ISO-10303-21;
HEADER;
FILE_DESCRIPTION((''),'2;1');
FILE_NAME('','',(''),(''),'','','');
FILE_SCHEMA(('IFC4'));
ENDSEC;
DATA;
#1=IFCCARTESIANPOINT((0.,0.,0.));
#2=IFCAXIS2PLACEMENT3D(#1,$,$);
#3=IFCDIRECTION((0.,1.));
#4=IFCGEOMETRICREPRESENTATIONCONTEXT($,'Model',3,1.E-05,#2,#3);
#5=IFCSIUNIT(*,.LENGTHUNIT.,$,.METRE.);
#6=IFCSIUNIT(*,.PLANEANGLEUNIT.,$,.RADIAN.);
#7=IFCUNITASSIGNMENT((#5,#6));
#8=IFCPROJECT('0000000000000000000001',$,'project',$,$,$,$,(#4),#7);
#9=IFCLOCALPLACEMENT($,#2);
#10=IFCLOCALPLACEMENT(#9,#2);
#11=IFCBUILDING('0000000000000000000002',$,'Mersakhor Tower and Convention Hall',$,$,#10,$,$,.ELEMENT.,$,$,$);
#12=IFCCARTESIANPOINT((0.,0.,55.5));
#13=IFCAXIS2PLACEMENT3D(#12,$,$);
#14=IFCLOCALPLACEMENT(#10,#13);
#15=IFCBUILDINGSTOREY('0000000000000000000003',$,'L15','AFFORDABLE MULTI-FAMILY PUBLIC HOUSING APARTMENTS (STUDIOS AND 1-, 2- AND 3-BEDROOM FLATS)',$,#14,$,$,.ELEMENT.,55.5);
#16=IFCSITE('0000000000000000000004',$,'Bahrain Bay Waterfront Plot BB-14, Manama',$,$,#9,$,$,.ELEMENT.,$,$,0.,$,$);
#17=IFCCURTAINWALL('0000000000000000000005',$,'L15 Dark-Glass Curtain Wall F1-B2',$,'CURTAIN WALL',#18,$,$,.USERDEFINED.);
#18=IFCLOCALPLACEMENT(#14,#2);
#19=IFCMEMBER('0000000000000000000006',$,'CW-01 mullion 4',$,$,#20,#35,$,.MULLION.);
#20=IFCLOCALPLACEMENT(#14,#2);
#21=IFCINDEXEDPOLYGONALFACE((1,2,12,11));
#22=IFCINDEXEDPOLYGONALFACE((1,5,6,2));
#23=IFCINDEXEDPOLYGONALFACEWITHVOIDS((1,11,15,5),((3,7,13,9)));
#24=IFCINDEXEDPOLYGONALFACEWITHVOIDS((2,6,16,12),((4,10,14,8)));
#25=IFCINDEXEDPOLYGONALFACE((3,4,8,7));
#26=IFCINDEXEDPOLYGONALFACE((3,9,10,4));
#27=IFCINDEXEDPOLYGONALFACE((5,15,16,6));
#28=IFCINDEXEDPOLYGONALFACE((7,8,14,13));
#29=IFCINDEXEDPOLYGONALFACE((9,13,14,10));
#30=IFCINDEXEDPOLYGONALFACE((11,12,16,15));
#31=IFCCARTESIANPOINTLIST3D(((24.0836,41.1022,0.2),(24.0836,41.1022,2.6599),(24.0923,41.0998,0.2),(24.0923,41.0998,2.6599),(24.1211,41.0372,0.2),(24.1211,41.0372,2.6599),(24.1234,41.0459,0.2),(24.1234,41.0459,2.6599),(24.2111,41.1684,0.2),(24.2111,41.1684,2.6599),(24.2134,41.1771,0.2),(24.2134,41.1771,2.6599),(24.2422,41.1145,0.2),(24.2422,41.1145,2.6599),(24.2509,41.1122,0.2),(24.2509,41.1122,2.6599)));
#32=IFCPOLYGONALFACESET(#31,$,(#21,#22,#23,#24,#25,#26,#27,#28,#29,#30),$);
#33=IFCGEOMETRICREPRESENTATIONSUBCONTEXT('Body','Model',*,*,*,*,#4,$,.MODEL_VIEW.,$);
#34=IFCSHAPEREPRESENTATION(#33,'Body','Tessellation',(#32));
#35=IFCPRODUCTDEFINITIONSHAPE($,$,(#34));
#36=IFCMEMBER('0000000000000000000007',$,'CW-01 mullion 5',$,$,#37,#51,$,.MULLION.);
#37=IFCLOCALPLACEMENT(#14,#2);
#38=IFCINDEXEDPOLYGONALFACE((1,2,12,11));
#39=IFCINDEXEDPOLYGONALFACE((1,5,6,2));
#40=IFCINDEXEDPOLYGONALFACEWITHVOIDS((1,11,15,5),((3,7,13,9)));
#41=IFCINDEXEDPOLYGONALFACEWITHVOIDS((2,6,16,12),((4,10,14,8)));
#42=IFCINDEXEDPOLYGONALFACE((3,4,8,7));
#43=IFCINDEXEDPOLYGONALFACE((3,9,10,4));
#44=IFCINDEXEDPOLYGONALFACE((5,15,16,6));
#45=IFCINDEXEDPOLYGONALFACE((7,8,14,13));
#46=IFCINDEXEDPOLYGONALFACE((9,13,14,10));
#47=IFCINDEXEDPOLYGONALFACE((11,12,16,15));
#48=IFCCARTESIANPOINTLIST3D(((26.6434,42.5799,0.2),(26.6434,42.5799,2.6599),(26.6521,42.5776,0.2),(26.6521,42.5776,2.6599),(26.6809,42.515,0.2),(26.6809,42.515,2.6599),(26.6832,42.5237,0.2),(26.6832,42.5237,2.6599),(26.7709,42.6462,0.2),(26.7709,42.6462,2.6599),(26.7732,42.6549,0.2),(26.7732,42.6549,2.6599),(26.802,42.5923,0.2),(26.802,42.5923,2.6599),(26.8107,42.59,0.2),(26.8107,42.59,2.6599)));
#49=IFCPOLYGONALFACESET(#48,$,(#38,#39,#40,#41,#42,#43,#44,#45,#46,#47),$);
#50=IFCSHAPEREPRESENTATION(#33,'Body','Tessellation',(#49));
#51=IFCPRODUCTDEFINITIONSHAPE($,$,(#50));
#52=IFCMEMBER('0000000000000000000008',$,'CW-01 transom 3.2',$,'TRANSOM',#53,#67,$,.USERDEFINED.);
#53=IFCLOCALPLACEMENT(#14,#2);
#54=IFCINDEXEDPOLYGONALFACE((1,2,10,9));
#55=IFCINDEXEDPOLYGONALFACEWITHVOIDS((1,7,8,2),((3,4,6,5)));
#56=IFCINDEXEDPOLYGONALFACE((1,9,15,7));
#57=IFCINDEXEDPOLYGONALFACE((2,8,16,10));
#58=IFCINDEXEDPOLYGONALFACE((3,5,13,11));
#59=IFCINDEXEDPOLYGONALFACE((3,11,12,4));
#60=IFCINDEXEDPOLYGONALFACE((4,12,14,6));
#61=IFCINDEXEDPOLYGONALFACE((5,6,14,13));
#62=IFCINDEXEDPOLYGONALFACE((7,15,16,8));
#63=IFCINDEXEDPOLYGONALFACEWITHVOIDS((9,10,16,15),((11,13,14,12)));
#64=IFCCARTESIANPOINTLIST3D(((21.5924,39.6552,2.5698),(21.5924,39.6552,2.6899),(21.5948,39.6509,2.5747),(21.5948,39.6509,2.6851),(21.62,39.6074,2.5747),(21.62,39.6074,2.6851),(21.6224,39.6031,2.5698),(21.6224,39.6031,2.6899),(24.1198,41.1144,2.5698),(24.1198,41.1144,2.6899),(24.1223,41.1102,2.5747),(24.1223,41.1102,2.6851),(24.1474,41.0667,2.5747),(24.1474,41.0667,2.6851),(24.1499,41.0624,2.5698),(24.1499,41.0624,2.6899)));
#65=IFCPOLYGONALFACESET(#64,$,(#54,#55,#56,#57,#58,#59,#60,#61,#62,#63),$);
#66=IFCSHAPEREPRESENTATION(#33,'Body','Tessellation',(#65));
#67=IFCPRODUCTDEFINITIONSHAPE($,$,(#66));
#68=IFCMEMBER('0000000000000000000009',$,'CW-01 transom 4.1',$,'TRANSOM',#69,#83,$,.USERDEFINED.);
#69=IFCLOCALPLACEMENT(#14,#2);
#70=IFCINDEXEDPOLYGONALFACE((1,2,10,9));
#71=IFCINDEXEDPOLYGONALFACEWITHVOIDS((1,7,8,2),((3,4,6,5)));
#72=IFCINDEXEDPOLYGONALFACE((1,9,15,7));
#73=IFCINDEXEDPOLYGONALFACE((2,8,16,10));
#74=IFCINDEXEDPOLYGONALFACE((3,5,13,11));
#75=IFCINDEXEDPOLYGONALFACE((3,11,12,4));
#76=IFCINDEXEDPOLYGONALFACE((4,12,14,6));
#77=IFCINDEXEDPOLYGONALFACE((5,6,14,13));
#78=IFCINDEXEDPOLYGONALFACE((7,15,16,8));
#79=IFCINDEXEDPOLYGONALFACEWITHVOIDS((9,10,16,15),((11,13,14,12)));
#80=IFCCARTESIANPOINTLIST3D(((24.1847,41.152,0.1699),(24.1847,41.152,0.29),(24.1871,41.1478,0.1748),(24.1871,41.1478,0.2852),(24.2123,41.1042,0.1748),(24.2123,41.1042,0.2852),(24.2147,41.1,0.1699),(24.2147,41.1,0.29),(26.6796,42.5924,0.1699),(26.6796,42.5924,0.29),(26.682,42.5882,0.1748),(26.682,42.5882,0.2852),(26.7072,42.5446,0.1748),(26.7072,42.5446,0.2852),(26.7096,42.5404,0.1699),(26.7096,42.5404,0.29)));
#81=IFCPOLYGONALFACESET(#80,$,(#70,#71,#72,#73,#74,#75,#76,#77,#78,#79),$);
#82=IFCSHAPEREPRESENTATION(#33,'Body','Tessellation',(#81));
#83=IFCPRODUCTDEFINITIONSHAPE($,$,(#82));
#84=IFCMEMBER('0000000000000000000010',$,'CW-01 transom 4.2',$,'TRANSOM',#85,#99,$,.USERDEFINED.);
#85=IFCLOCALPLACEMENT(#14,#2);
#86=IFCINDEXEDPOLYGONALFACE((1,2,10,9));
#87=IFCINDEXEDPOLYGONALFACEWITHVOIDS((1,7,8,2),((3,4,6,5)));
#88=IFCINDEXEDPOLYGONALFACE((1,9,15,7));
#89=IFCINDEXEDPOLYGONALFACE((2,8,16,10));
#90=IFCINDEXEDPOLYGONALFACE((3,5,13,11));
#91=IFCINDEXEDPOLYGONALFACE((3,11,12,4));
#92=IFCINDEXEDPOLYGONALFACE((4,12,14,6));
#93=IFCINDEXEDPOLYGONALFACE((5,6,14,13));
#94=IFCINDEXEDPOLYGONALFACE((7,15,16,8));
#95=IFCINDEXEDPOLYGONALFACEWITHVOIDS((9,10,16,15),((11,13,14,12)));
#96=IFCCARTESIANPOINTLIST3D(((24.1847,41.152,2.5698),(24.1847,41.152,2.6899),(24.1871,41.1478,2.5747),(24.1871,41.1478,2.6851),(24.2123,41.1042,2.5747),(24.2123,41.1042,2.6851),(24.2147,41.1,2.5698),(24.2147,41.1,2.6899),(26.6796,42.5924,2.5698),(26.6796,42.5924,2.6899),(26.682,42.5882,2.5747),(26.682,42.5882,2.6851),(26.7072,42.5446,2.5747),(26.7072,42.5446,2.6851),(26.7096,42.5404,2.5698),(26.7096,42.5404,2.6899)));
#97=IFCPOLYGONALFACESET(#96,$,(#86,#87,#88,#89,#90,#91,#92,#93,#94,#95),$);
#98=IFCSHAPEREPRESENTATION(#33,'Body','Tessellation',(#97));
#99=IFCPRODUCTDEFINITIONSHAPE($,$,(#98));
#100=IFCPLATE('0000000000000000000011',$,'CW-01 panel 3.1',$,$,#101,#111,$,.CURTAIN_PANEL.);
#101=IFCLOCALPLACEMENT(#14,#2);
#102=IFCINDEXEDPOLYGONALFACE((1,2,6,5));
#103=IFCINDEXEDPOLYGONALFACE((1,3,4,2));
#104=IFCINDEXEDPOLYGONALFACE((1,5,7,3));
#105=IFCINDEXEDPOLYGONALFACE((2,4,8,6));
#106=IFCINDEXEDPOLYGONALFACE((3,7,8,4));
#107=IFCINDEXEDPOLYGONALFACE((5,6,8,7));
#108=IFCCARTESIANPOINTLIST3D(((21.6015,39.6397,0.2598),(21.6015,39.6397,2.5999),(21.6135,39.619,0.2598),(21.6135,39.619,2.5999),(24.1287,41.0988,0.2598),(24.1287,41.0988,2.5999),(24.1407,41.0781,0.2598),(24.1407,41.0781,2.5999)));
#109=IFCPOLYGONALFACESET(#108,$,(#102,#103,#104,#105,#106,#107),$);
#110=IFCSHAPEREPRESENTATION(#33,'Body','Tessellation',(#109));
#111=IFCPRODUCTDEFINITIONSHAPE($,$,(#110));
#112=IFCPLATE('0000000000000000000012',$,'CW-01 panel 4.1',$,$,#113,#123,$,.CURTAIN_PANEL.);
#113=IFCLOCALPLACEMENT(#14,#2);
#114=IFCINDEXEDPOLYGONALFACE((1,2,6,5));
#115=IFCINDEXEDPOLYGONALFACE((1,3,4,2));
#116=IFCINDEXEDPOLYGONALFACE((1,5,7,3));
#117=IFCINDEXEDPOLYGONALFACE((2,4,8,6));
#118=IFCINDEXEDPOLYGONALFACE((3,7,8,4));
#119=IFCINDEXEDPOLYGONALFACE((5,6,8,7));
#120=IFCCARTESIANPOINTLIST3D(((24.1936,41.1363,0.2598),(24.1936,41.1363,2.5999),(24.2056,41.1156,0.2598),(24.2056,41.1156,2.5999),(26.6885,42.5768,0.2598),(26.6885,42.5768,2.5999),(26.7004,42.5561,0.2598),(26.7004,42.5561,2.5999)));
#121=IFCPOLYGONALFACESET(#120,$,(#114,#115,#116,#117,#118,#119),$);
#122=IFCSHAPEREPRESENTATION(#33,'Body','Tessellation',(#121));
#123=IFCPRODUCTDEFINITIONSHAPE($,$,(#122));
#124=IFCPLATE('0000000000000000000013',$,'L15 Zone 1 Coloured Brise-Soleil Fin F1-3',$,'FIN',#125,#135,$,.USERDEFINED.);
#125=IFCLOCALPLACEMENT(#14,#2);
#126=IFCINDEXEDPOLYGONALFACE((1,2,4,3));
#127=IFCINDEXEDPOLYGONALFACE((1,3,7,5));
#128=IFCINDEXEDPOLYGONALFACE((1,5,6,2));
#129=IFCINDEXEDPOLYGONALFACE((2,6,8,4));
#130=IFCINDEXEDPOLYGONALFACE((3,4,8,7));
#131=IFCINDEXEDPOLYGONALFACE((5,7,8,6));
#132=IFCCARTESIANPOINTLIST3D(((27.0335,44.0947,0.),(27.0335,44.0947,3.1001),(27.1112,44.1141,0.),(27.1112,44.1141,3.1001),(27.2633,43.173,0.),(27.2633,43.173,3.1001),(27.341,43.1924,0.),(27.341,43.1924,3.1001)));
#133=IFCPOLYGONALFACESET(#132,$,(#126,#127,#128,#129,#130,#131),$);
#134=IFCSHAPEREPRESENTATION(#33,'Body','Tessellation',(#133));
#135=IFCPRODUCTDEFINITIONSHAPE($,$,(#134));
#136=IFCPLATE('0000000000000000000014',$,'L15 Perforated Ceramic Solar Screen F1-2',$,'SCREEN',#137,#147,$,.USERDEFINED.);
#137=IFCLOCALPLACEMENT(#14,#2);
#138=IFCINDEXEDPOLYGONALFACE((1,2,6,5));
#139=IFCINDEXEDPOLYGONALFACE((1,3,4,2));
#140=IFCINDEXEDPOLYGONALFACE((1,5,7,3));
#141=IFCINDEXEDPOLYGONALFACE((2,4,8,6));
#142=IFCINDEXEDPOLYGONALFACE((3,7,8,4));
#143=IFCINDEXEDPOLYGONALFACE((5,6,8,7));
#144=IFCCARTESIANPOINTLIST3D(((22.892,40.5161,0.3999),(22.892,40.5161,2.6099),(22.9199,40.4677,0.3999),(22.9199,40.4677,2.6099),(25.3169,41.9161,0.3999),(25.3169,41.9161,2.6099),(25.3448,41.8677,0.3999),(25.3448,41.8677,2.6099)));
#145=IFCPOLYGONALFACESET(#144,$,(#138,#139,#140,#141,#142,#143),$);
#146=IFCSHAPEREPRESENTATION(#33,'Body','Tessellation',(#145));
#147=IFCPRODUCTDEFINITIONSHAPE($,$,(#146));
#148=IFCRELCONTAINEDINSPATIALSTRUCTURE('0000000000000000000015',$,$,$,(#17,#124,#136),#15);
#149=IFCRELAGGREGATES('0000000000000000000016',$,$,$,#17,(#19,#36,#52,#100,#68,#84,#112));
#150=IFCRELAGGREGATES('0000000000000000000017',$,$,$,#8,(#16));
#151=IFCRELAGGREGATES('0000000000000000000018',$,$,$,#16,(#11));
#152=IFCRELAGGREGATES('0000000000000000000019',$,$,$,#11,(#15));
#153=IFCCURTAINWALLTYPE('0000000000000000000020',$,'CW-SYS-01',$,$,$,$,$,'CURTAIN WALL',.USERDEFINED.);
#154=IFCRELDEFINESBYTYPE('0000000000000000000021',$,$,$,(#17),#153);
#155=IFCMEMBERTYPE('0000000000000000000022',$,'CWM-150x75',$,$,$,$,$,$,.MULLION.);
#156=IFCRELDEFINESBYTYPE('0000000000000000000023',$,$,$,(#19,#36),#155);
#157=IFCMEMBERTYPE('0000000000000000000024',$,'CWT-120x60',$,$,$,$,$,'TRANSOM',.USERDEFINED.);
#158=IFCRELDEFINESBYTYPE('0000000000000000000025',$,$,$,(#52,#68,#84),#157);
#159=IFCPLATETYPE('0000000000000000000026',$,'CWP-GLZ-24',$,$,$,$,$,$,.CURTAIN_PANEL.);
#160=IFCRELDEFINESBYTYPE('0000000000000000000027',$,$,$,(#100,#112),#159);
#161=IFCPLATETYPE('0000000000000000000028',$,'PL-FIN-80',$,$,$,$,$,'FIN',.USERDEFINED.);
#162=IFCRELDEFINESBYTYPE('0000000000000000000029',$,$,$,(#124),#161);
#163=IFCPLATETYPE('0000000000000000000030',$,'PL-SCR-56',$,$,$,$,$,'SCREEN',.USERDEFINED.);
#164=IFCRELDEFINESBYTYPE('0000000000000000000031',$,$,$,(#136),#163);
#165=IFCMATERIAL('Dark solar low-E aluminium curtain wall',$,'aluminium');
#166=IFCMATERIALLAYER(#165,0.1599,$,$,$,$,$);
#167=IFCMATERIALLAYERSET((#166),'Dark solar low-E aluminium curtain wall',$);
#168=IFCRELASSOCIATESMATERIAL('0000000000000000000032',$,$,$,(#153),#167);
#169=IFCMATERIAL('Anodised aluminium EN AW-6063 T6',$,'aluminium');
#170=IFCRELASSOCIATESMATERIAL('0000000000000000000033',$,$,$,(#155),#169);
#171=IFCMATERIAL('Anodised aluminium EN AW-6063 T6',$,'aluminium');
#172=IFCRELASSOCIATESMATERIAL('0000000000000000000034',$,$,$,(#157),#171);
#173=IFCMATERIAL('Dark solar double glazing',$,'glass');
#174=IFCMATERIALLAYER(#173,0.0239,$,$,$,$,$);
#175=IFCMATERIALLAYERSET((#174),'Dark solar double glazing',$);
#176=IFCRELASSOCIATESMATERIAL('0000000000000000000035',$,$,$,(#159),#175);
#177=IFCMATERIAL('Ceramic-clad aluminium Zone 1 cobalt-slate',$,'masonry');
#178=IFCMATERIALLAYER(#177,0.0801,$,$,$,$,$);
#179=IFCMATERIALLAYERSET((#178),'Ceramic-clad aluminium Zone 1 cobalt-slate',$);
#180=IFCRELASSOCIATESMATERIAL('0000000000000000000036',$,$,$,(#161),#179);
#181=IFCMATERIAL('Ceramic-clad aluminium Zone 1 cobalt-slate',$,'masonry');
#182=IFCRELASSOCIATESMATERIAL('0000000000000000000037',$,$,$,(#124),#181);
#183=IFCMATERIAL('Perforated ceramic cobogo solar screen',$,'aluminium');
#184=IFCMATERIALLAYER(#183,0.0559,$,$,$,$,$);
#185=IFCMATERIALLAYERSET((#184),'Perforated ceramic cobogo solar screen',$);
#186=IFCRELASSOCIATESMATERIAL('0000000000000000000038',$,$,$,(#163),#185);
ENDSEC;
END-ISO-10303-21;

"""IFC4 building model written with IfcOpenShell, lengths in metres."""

from ifc_helpers import new_model, si_unit, direction, frame, origin, origin_2d, place, context, subcontext, project, spatial, rectangle, hollow_rectangle, extrude, material, layer, layer_set, material_profile, profile_set, type_object, element, aggregate, save


model = new_model("IFC4")

# Units and contexts
model_context = context("Model", 3, precision=1e-05, world=origin(), true_north=direction((0.0, 1.0)))
body_context = subcontext(model_context, "Body", "Model", "MODEL_VIEW")
ifc_project = project(units=[si_unit("LENGTHUNIT", "METRE"), si_unit("PLANEANGLEUNIT", "RADIAN")], contexts=[model_context])

# Site, building, storey
site_placement = place(None, origin())
site = spatial("IfcSite", under=ifc_project, at=site_placement, Name="Bahrain Bay Waterfront Plot BB-14, Manama", CompositionType="ELEMENT", RefElevation=0.0)
building_placement = place(site_placement, origin())
building = spatial("IfcBuilding", under=site, at=building_placement, Name="Mersakhor Tower and Convention Hall", CompositionType="ELEMENT")
storey_placement = place(building_placement, frame((0.0, 0.0, 55.5)))
storey = spatial("IfcBuildingStorey", under=building, at=storey_placement, Name="L15", Description="AFFORDABLE MULTI-FAMILY PUBLIC HOUSING APARTMENTS (STUDIOS AND 1-, 2- AND 3-BEDROOM FLATS)", CompositionType="ELEMENT", Elevation=55.5)

# Curtain wall, members, plates
ifc_material_1 = material(Name="Dark solar low-E aluminium curtain wall", Category="aluminium")
ifc_layer_1 = layer(ifc_material_1, 0.1599)
ifc_layer_set_1 = layer_set([ifc_layer_1], Name="Dark solar low-E aluminium curtain wall")
curtain_wall_type = type_object("IfcCurtainWallType", Name="CW-SYS-01", ElementType="CURTAIN WALL", PredefinedType="USERDEFINED", material=ifc_layer_set_1)
curtain_wall_placement = place(storey_placement, origin())
curtain_wall = element("IfcCurtainWall", 1, at=curtain_wall_placement, inside=storey, type_object=curtain_wall_type, Name="L15 Dark-Glass Curtain Wall F1-B2", ObjectType="CURTAIN WALL", PredefinedType="USERDEFINED")
ifc_material_2 = material(Name="Anodised aluminium EN AW-6063 T6", Category="aluminium")
ifc_material_profile_1 = material_profile(ifc_material_2, hollow_rectangle(XDim=0.075, YDim=0.1499, WallThickness=0.0063, at=origin_2d()), Name="RHS 150x75x6.3")
ifc_profile_set_1 = profile_set([ifc_material_profile_1], Name="Anodised aluminium EN AW-6063 T6")
member_type_1 = type_object("IfcMemberType", Name="CWM-150x75", PredefinedType="MULLION", material=ifc_profile_set_1)
member_1_placement = place(storey_placement, frame((24.1672, 41.1072, 0.2), z_axis=(0.0, 0.0, 1.0), x_axis=(-0.500003, 0.866023, 0.0)))
member_1 = element("IfcMember", 2, at=member_1_placement, type_object=member_type_1, Name="CW-01 mullion 4", PredefinedType="MULLION", context=body_context, shape_type="SweptSolid", body=[
    extrude(hollow_rectangle(XDim=0.075, YDim=0.1499, WallThickness=0.0063, at=origin_2d()), origin(), (0.0, 0.0, 1.0), 2.46),
])
member_2_placement = place(storey_placement, frame((26.7271, 42.585, 0.2), z_axis=(0.0, 0.0, 1.0), x_axis=(-0.500003, 0.866023, 0.0)))
member_2 = element("IfcMember", 3, at=member_2_placement, type_object=member_type_1, Name="CW-01 mullion 5", PredefinedType="MULLION", context=body_context, shape_type="SweptSolid", body=[
    extrude(hollow_rectangle(XDim=0.075, YDim=0.1499, WallThickness=0.0063, at=origin_2d()), origin(), (0.0, 0.0, 1.0), 2.46),
])
ifc_material_3 = material(Name="Anodised aluminium EN AW-6063 T6", Category="aluminium")
ifc_material_profile_2 = material_profile(ifc_material_3, hollow_rectangle(XDim=0.0601, YDim=0.1201, WallThickness=0.0049, at=origin_2d()), Name="RHS 120x60x5")
ifc_profile_set_2 = profile_set([ifc_material_profile_2], Name="Anodised aluminium EN AW-6063 T6")
member_type_2 = type_object("IfcMemberType", Name="CWT-120x60", ElementType="TRANSOM", PredefinedType="USERDEFINED", material=ifc_profile_set_2)
member_3_placement = place(storey_placement, frame((21.6074, 39.6292, 2.6299), z_axis=(0.866016, 0.500017, 0.0), x_axis=(-0.500017, 0.866016, 0.0)))
member_3 = element("IfcMember", 4, at=member_3_placement, type_object=member_type_2, Name="CW-01 transom 3.2", ObjectType="TRANSOM", PredefinedType="USERDEFINED", context=body_context, shape_type="SweptSolid", body=[
    extrude(hollow_rectangle(XDim=0.0601, YDim=0.1201, WallThickness=0.0049, at=origin_2d()), origin(), (0.0, 0.0, 1.0), 2.9185),
])
member_4_placement = place(storey_placement, frame((24.1997, 41.126, 0.23), z_axis=(0.866023, 0.500004, 0.0), x_axis=(-0.500004, 0.866023, 0.0)))
member_4 = element("IfcMember", 5, at=member_4_placement, type_object=member_type_2, Name="CW-01 transom 4.1", ObjectType="TRANSOM", PredefinedType="USERDEFINED", context=body_context, shape_type="SweptSolid", body=[
    extrude(hollow_rectangle(XDim=0.0601, YDim=0.1201, WallThickness=0.0049, at=origin_2d()), origin(), (0.0, 0.0, 1.0), 2.8809),
])
member_5_placement = place(storey_placement, frame((24.1997, 41.126, 2.6299), z_axis=(0.866023, 0.500004, 0.0), x_axis=(-0.500004, 0.866023, 0.0)))
member_5 = element("IfcMember", 6, at=member_5_placement, type_object=member_type_2, Name="CW-01 transom 4.2", ObjectType="TRANSOM", PredefinedType="USERDEFINED", context=body_context, shape_type="SweptSolid", body=[
    extrude(hollow_rectangle(XDim=0.0601, YDim=0.1201, WallThickness=0.0049, at=origin_2d()), origin(), (0.0, 0.0, 1.0), 2.8809),
])
ifc_material_4 = material(Name="Dark solar double glazing", Category="glass")
ifc_layer_2 = layer(ifc_material_4, 0.0239)
ifc_layer_set_2 = layer_set([ifc_layer_2], Name="Dark solar double glazing")
plate_type_1 = type_object("IfcPlateType", Name="CWP-GLZ-24", PredefinedType="CURTAIN_PANEL", material=ifc_layer_set_2)
plate_1_placement = place(storey_placement, frame((22.8711, 40.3589, 0.2598), z_axis=(0.0, 0.0, 1.0), x_axis=(0.866023, 0.500003, 0.0)))
plate_1 = element("IfcPlate", 7, at=plate_1_placement, type_object=plate_type_1, Name="CW-01 panel 3.1", PredefinedType="CURTAIN_PANEL", context=body_context, shape_type="SweptSolid", body=[
    extrude(rectangle(XDim=2.9182, YDim=0.0239, at=origin_2d()), origin(), (0.0, 0.0, 1.0), 2.3401),
])
plate_2_placement = place(storey_placement, frame((25.447, 41.8462, 0.2598), z_axis=(0.0, 0.0, 1.0), x_axis=(0.866023, 0.500003, 0.0)))
plate_2 = element("IfcPlate", 8, at=plate_2_placement, type_object=plate_type_1, Name="CW-01 panel 4.1", PredefinedType="CURTAIN_PANEL", context=body_context, shape_type="SweptSolid", body=[
    extrude(rectangle(XDim=2.8809, YDim=0.0239, at=origin_2d()), origin(), (0.0, 0.0, 1.0), 2.3401),
])
aggregate(curtain_wall, [member_1, member_2, member_3, plate_1, member_4, member_5, plate_2])

# Plates
ifc_material_5 = material(Name="Ceramic-clad aluminium Zone 1 cobalt-slate", Category="masonry")
ifc_material_6 = material(Name="Ceramic-clad aluminium Zone 1 cobalt-slate", Category="masonry")
ifc_layer_3 = layer(ifc_material_6, 0.0801)
ifc_layer_set_3 = layer_set([ifc_layer_3], Name="Ceramic-clad aluminium Zone 1 cobalt-slate")
plate_type_2 = type_object("IfcPlateType", Name="PL-FIN-80", ElementType="FIN", PredefinedType="USERDEFINED", material=ifc_layer_set_3)
plate_3_placement = place(storey_placement, frame((27.1873, 43.6436, 0.0), z_axis=(0.0, 0.0, 1.0), x_axis=(-0.241922, 0.970296, 0.0)))
element("IfcPlate", 9, at=plate_3_placement, inside=storey, type_object=plate_type_2, material=ifc_material_5, Name="L15 Zone 1 Coloured Brise-Soleil Fin F1-3", ObjectType="FIN", PredefinedType="USERDEFINED", context=body_context, shape_type="SweptSolid", body=[
    extrude(rectangle(XDim=0.95, YDim=0.0801, at=origin_2d()), origin(), (0.0, 0.0, 1.0), 3.1001),
])
ifc_material_7 = material(Name="Perforated ceramic cobogo solar screen", Category="aluminium")
ifc_layer_4 = layer(ifc_material_7, 0.0559)
ifc_layer_set_4 = layer_set([ifc_layer_4], Name="Perforated ceramic cobogo solar screen")
plate_type_3 = type_object("IfcPlateType", Name="PL-SCR-56", ElementType="SCREEN", PredefinedType="USERDEFINED", material=ifc_layer_set_4)
plate_4_placement = place(storey_placement, frame((24.1184, 41.1919, 0.3999), z_axis=(0.0, 0.0, 1.0), x_axis=(0.866025, 0.5, 0.0)))
element("IfcPlate", 10, at=plate_4_placement, inside=storey, type_object=plate_type_3, Name="L15 Perforated Ceramic Solar Screen F1-2", ObjectType="SCREEN", PredefinedType="USERDEFINED", context=body_context, shape_type="SweptSolid", body=[
    extrude(rectangle(XDim=2.8, YDim=0.0559, at=origin_2d()), origin(), (0.0, 0.0, 1.0), 2.21),
])

save(model, "model.ifc")
